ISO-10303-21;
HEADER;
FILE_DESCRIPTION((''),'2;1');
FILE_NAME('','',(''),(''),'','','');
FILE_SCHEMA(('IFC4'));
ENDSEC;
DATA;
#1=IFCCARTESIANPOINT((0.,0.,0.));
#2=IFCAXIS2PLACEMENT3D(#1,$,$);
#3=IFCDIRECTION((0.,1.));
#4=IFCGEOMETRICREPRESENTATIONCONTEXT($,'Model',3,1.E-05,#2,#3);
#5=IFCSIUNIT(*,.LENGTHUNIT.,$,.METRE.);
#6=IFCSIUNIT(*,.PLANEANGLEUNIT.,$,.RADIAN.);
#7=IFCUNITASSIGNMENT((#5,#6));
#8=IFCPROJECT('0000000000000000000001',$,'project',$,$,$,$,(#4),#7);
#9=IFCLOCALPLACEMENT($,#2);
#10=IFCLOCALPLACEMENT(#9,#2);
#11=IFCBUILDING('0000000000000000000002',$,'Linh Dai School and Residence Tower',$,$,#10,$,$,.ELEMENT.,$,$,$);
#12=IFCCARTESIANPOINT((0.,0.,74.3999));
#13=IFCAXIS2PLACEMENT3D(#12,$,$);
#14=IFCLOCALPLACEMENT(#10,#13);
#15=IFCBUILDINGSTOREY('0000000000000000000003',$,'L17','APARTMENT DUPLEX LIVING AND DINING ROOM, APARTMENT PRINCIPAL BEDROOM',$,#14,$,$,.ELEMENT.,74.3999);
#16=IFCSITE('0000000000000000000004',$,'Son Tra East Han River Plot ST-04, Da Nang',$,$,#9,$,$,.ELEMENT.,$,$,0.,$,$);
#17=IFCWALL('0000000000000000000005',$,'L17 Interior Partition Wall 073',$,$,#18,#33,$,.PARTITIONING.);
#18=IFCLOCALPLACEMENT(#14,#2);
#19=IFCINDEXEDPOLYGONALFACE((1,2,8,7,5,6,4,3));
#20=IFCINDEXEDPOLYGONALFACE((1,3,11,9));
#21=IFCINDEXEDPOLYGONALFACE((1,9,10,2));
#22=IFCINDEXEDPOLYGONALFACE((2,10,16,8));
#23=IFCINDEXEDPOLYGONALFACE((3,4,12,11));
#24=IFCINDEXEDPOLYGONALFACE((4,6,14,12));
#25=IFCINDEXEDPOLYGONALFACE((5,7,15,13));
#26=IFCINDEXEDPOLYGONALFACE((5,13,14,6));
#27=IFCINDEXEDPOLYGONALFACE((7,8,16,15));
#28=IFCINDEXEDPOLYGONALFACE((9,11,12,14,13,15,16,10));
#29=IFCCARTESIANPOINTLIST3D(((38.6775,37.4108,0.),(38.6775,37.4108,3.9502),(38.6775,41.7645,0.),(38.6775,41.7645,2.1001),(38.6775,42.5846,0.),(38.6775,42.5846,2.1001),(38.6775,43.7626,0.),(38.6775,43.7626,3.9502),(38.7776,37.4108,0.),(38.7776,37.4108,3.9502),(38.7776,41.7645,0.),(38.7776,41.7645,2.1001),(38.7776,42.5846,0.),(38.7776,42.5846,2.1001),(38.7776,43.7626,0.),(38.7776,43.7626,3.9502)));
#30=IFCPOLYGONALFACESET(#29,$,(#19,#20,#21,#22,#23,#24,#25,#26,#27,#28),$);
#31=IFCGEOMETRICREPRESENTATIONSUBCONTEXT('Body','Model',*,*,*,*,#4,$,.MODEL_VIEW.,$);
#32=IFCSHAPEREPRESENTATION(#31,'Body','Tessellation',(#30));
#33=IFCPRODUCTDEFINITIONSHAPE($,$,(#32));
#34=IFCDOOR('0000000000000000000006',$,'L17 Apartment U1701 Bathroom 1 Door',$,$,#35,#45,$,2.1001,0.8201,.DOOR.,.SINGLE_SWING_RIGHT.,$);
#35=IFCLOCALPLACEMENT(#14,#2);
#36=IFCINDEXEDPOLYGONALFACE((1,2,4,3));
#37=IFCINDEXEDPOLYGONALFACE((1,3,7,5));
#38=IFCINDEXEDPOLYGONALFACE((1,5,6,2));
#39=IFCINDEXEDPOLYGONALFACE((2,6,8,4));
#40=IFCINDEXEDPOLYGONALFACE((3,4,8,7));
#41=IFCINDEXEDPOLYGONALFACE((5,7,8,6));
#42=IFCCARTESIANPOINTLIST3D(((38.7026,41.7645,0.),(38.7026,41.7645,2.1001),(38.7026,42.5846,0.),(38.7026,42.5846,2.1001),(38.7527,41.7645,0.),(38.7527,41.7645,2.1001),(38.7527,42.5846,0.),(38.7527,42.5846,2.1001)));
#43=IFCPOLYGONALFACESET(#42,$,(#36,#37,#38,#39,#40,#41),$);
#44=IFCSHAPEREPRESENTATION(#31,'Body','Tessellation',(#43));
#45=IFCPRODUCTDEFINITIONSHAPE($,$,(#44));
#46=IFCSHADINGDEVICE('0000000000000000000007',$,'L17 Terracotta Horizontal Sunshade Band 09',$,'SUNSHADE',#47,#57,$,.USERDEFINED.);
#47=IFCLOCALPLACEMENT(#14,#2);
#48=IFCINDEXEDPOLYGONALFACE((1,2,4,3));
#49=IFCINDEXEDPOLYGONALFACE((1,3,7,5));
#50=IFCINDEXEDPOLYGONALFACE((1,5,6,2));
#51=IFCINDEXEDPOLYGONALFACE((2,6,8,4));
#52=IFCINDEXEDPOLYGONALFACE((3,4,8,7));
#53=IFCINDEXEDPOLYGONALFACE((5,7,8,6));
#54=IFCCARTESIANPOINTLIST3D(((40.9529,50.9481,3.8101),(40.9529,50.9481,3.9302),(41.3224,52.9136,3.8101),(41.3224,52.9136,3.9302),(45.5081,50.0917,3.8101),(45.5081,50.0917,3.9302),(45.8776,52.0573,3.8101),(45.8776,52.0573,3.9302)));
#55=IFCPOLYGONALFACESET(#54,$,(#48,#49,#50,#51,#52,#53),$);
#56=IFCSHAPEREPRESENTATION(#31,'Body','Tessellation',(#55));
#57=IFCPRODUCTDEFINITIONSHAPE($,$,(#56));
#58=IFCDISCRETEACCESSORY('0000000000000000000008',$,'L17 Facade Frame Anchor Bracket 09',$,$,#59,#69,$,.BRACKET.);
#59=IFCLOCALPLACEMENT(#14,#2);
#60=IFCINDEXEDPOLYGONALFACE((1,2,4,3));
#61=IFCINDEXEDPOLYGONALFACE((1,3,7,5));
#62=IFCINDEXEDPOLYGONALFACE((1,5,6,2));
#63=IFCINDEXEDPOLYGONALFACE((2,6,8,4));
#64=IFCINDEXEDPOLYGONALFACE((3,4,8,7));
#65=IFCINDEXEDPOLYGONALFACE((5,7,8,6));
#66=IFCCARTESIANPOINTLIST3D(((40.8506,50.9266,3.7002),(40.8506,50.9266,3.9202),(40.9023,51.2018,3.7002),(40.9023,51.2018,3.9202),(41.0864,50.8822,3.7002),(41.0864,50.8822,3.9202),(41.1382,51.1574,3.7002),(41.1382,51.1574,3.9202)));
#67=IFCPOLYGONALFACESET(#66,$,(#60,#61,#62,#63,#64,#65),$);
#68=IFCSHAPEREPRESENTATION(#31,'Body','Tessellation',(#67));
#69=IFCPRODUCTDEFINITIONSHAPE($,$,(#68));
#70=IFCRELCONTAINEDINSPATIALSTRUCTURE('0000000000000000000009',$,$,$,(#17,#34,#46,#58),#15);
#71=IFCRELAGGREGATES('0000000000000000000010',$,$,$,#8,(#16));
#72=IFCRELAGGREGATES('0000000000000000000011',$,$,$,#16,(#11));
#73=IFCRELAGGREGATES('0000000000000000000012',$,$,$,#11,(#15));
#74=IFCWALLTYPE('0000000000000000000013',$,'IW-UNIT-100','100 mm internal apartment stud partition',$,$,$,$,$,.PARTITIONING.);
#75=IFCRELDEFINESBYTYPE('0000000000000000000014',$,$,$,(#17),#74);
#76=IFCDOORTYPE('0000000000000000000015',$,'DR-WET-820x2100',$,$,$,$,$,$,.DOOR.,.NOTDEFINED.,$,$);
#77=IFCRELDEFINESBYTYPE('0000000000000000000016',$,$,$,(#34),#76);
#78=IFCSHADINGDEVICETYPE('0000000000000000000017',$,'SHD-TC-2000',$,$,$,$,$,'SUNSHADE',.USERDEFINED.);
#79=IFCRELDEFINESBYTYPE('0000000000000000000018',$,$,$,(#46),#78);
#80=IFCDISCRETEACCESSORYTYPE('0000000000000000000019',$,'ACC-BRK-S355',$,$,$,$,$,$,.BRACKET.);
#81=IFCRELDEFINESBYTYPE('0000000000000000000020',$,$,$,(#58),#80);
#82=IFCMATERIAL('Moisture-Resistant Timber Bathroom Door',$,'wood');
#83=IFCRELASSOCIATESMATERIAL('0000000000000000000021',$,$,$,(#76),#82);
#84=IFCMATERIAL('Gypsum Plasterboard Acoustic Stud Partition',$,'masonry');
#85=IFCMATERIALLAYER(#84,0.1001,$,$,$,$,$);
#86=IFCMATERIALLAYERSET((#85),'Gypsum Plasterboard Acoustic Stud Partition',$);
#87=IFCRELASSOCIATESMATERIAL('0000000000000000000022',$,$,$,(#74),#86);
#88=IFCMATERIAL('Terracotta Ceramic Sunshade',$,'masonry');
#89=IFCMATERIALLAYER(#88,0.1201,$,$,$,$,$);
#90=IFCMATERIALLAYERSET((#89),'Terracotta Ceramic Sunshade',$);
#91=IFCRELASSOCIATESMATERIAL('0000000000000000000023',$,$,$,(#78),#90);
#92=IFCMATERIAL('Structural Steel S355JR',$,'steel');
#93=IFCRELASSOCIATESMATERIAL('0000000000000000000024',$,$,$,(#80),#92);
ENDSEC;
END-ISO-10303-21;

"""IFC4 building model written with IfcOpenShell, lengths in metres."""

from ifc_helpers import new_model, si_unit, direction, frame, frame_2d, origin, origin_2d, place, context, subcontext, project, spatial, rectangle, extrude, source, transform, mapped, material, layer, layer_set, type_object, element, fill, save


model = new_model("IFC4")

# Units and contexts
model_context = context("Model", 3, precision=1e-05, world=origin(), true_north=direction((0.0, 1.0)))
body_context = subcontext(model_context, "Body", "Model", "MODEL_VIEW")
ifc_project = project(units=[si_unit("LENGTHUNIT", "METRE"), si_unit("PLANEANGLEUNIT", "RADIAN")], contexts=[model_context])

# Site, building, storey
site_placement = place(None, origin())
site = spatial("IfcSite", under=ifc_project, at=site_placement, Name="Son Tra East Han River Plot ST-04, Da Nang", CompositionType="ELEMENT", RefElevation=0.0)
building_placement = place(site_placement, origin())
building = spatial("IfcBuilding", under=site, at=building_placement, Name="Linh Dai School and Residence Tower", CompositionType="ELEMENT")
storey_placement = place(building_placement, frame((0.0, 0.0, 74.3999)))
storey = spatial("IfcBuildingStorey", under=building, at=storey_placement, Name="L17", Description="APARTMENT DUPLEX LIVING AND DINING ROOM, APARTMENT PRINCIPAL BEDROOM", CompositionType="ELEMENT", Elevation=74.3999)

# Shared definitions
ifc_material_1 = material(Name="Structural Steel S355JR", Category="steel")

# Shared definitions
ifc_material_2 = material(Name="Moisture-Resistant Timber Bathroom Door", Category="wood")
door_type_1 = type_object("IfcDoorType", Name="DR-WET-820x2100", OperationType="NOTDEFINED", PredefinedType="DOOR", material=ifc_material_2)
shared_shape_1 = source(origin(), body_context, "Body", "SweptSolid", [
    extrude(rectangle(XDim=0.8201, YDim=2.1001, at=origin_2d()), frame((0.4102, 0.0249, 1.05), z_axis=(0.0, -1.0, 0.0), x_axis=(1.0, 0.0, 0.0)), (0.0, 0.0, 1.0), 0.05),
])

# Shared definitions
ifc_material_3 = material(Name="Gypsum Plasterboard Acoustic Stud Partition", Category="masonry")
ifc_layer_1 = layer(ifc_material_3, 0.1001)
ifc_layer_set_1 = layer_set([ifc_layer_1], Name="Gypsum Plasterboard Acoustic Stud Partition")
wall_type_1 = type_object("IfcWallType", Name="IW-UNIT-100", Description="100 mm internal apartment stud partition", PredefinedType="PARTITIONING", material=ifc_layer_set_1)

# Wall, opening, door
wall_1_placement = place(storey_placement, frame((38.7275, 37.4109, 0.0), z_axis=(0.0, 0.0, 1.0), x_axis=(0.0, 1.0, 0.0)))
wall_1 = element("IfcWall", 1, at=wall_1_placement, inside=storey, type_object=wall_type_1, Name="L17 Interior Partition Wall 073", PredefinedType="PARTITIONING", context=body_context, shape_type="SweptSolid", body=[
    extrude(rectangle(XDim=6.3518, YDim=0.1001, at=frame_2d((3.1758, 0.0))), origin(), (0.0, 0.0, 1.0), 3.9502),
])
opening_1_placement = place(wall_1_placement, frame((4.3535, 0.0, 0.0)))
opening_1 = element("IfcOpeningElement", 2, at=opening_1_placement, cuts=wall_1, PredefinedType="OPENING", context=body_context, shape_type="SweptSolid", body=[
    extrude(rectangle(XDim=0.8201, YDim=2.1001, at=origin_2d()), frame((0.4102, 0.0601, 1.05), z_axis=(0.0, -1.0, 0.0), x_axis=(1.0, 0.0, 0.0)), (0.0, 0.0, 1.0), 0.1201),
])
door_1_placement = place(opening_1_placement, origin())
door_1 = element("IfcDoor", 3, at=door_1_placement, inside=storey, type_object=door_type_1, Name="L17 Apartment U1701 Bathroom 1 Door", OperationType="SINGLE_SWING_RIGHT", OverallHeight=2.1001, OverallWidth=0.8201, PredefinedType="DOOR", context=body_context, shape_type="MappedRepresentation", body=[
    mapped(shared_shape_1, transform((0.0, 0.0, 0.0), x_axis=(1.0, 0.0, 0.0), y_axis=(0.0, 1.0, 0.0), z_axis=(0.0, 0.0, 1.0), scale=1.0)),
])
fill(opening_1, door_1)

# Shading device
ifc_material_4 = material(Name="Terracotta Ceramic Sunshade", Category="masonry")
ifc_layer_2 = layer(ifc_material_4, 0.1201)
ifc_layer_set_2 = layer_set([ifc_layer_2], Name="Terracotta Ceramic Sunshade")
shading_device_type = type_object("IfcShadingDeviceType", Name="SHD-TC-2000", ElementType="SUNSHADE", PredefinedType="USERDEFINED", material=ifc_layer_set_2)
shared_shape_2 = source(origin(), body_context, "Body", "SweptSolid", [
    extrude(rectangle(XDim=4.635, YDim=2.0, at=origin_2d()), origin(), (0.0, 0.0, 1.0), 0.1201),
])
shading_device_placement = place(storey_placement, frame((43.4153, 51.5027, 3.8101), z_axis=(0.0, 0.0, 1.0), x_axis=(0.982786, -0.184748, 0.0)))
element("IfcShadingDevice", 4, at=shading_device_placement, inside=storey, type_object=shading_device_type, Name="L17 Terracotta Horizontal Sunshade Band 09", ObjectType="SUNSHADE", PredefinedType="USERDEFINED", context=body_context, shape_type="MappedRepresentation", body=[
    mapped(shared_shape_2, transform((0.0, 0.0, 0.0), x_axis=(1.0, 0.0, 0.0), y_axis=(0.0, 1.0, 0.0), z_axis=(0.0, 0.0, 1.0), scale=1.0)),
])

# Discrete accessory
discrete_accessory_type = type_object("IfcDiscreteAccessoryType", Name="ACC-BRK-S355", PredefinedType="BRACKET", material=ifc_material_1)
shared_shape_3 = source(origin(), body_context, "Body", "SweptSolid", [
    extrude(rectangle(XDim=0.28, YDim=0.24, at=origin_2d()), origin(), (0.0, 0.0, 1.0), 0.22),
])
discrete_accessory_placement = place(storey_placement, frame((40.9944, 51.042, 3.7002), z_axis=(0.0, 0.0, 1.0), x_axis=(0.184748, 0.982786, 0.0)))
element("IfcDiscreteAccessory", 5, at=discrete_accessory_placement, inside=storey, type_object=discrete_accessory_type, Name="L17 Facade Frame Anchor Bracket 09", PredefinedType="BRACKET", context=body_context, shape_type="MappedRepresentation", body=[
    mapped(shared_shape_3, transform((0.0, 0.0, 0.0), x_axis=(1.0, 0.0, 0.0), y_axis=(0.0, 1.0, 0.0), z_axis=(0.0, 0.0, 1.0), scale=1.0)),
])

save(model, "model.ifc")
